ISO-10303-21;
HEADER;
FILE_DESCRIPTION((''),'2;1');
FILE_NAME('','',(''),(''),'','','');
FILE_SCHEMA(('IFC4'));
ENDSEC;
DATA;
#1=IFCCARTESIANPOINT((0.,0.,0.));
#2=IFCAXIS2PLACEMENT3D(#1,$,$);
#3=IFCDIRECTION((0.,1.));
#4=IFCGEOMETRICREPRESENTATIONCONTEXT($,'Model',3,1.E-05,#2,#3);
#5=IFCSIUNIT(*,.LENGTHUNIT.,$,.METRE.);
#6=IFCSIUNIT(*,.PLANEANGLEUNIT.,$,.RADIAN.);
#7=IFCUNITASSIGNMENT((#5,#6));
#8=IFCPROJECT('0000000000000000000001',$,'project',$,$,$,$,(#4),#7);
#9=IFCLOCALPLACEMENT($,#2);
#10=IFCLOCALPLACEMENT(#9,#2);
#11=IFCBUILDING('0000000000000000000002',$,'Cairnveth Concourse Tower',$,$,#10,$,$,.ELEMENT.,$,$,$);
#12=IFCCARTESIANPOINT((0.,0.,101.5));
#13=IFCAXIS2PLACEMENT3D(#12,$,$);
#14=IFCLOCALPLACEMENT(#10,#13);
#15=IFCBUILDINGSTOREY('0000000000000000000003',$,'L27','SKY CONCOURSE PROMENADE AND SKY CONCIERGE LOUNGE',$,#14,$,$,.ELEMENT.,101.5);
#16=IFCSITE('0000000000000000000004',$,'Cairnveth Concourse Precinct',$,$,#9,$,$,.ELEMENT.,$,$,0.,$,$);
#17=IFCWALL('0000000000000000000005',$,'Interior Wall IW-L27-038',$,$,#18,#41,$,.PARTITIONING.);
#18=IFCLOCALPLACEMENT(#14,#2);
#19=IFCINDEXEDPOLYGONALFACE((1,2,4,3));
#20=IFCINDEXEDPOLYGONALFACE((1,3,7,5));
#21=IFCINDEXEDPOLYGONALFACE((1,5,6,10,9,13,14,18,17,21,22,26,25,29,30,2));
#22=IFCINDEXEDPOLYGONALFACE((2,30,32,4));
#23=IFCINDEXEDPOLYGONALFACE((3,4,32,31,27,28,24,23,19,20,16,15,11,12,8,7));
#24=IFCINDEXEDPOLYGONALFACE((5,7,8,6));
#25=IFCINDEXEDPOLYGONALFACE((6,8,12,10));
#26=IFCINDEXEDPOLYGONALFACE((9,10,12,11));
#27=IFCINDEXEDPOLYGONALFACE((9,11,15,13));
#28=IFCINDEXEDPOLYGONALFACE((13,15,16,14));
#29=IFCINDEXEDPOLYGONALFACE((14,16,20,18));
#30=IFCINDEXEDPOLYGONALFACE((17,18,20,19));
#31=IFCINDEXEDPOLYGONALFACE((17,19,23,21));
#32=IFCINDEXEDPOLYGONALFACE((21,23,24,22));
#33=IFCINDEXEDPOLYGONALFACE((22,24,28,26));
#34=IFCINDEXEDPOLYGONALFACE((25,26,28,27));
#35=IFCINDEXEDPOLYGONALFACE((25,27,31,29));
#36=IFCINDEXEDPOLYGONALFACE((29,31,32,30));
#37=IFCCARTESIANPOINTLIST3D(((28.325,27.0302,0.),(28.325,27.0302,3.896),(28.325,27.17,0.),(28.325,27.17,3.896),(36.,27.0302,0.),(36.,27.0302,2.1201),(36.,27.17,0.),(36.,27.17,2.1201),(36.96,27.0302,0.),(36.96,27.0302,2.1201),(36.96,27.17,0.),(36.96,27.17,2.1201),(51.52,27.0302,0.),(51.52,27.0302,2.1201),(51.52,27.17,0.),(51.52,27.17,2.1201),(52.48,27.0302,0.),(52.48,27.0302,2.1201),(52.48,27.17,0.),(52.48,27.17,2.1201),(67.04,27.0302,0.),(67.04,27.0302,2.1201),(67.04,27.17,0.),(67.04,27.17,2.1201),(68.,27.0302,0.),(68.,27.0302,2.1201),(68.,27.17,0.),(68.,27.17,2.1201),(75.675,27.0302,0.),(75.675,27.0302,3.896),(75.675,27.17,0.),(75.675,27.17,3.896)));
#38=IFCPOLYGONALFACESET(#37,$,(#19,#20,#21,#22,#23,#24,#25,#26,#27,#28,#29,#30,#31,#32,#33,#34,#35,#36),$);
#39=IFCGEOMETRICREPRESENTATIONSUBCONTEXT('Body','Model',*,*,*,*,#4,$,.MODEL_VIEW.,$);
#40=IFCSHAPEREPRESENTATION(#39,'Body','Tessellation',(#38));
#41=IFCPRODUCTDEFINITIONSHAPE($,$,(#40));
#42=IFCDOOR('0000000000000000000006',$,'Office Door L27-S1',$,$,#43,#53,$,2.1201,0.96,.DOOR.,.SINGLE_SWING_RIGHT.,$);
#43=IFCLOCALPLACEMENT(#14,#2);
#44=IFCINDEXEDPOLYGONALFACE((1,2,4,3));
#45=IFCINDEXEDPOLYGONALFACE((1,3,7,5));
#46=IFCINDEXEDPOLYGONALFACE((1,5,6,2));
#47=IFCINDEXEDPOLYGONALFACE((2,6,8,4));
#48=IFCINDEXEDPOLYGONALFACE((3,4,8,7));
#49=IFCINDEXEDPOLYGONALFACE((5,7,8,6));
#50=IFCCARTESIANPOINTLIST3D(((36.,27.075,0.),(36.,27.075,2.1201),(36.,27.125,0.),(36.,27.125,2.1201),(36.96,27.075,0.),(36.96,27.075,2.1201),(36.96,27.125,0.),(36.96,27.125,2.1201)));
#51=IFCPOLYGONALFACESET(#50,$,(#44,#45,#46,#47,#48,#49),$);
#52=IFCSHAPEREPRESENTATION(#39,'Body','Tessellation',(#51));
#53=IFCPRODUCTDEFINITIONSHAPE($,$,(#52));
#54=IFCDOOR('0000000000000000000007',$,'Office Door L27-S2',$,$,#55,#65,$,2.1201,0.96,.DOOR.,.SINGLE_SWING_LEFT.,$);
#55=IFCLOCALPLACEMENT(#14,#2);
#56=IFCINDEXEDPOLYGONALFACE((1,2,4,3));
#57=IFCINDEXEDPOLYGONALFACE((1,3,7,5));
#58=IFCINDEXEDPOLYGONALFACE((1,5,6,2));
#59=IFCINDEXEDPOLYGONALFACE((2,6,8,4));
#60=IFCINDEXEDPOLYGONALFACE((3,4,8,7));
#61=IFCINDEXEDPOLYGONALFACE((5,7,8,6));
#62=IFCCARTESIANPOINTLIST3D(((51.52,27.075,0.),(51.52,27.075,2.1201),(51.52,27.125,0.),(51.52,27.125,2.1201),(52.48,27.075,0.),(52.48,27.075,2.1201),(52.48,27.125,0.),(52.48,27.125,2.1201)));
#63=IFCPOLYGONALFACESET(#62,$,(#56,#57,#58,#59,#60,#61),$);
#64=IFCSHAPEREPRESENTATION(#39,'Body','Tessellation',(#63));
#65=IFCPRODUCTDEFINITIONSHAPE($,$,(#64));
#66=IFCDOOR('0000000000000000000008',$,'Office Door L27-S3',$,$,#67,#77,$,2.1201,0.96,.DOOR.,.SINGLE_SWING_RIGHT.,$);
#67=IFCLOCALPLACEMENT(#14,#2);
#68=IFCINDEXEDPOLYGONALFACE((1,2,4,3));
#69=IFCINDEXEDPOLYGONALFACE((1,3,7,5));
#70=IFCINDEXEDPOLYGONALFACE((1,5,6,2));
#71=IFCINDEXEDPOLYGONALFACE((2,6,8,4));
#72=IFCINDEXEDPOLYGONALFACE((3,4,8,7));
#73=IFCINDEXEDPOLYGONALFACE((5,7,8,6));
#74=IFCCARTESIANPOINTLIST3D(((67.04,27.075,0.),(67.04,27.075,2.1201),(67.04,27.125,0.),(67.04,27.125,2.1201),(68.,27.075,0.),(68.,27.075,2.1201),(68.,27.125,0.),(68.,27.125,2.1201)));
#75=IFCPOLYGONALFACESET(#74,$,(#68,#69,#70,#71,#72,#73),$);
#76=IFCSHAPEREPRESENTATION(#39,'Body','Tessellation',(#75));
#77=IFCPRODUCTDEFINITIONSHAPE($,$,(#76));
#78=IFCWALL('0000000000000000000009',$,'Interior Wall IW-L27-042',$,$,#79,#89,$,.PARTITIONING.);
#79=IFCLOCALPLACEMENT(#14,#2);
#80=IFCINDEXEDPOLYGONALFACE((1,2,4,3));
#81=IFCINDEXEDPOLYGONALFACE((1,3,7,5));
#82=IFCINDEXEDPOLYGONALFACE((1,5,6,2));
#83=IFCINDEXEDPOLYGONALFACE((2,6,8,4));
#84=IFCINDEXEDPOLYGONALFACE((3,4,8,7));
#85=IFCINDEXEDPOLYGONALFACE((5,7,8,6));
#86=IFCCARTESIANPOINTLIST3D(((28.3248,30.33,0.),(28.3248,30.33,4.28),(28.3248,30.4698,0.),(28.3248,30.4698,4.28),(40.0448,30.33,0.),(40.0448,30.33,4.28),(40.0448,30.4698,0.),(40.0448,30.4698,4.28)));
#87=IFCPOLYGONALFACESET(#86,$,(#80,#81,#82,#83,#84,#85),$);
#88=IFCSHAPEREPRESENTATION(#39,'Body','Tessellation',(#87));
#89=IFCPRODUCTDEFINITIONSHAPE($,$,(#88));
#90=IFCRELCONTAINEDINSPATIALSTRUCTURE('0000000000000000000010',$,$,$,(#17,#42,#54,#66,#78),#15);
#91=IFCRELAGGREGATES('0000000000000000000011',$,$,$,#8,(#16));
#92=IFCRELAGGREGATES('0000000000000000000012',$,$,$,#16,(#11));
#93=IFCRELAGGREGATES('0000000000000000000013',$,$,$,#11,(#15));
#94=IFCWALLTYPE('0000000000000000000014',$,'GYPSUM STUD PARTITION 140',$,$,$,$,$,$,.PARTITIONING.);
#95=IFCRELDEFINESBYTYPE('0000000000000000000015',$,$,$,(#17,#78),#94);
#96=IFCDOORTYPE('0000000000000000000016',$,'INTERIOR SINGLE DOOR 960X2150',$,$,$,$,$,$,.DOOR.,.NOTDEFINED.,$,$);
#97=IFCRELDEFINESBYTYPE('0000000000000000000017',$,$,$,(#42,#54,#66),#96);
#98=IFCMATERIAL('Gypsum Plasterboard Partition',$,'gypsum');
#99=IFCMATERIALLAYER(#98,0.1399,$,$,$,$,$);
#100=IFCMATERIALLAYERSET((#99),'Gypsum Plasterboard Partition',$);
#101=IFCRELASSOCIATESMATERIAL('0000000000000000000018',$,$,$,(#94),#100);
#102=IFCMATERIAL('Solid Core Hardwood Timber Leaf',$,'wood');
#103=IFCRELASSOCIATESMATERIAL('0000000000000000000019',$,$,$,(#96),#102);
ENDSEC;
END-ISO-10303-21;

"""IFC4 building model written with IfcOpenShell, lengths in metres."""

from ifc_helpers import new_model, si_unit, direction, frame, frame_2d, origin, place, context, subcontext, project, spatial, rectangle, extrude, material, layer, layer_set, type_object, element, fill, save


model = new_model("IFC4")

# Units and contexts
model_context = context("Model", 3, precision=1e-05, world=origin(), true_north=direction((0.0, 1.0)))
body_context = subcontext(model_context, "Body", "Model", "MODEL_VIEW")
ifc_project = project(units=[si_unit("LENGTHUNIT", "METRE"), si_unit("PLANEANGLEUNIT", "RADIAN")], contexts=[model_context])

# Site, building, storey
site_placement = place(None, origin())
site = spatial("IfcSite", under=ifc_project, at=site_placement, Name="Cairnveth Concourse Precinct", CompositionType="ELEMENT", RefElevation=0.0)
building_placement = place(site_placement, origin())
building = spatial("IfcBuilding", under=site, at=building_placement, Name="Cairnveth Concourse Tower", CompositionType="ELEMENT")
storey_placement = place(building_placement, frame((0.0, 0.0, 101.5)))
storey = spatial("IfcBuildingStorey", under=building, at=storey_placement, Name="L27", Description="SKY CONCOURSE PROMENADE AND SKY CONCIERGE LOUNGE", CompositionType="ELEMENT", Elevation=101.5)

# Wall, openings, doors
ifc_material_1 = material(Name="Gypsum Plasterboard Partition", Category="gypsum")
ifc_layer_1 = layer(ifc_material_1, 0.1399)
ifc_layer_set_1 = layer_set([ifc_layer_1], Name="Gypsum Plasterboard Partition")
wall_type = type_object("IfcWallType", Name="GYPSUM STUD PARTITION 140", PredefinedType="PARTITIONING", material=ifc_layer_set_1)
wall_1_placement = place(storey_placement, frame((28.325, 27.1001, 0.0), z_axis=(0.0, 0.0, 1.0), x_axis=(1.0, 0.0, 0.0)))
wall_1 = element("IfcWall", 1, at=wall_1_placement, inside=storey, type_object=wall_type, Name="Interior Wall IW-L27-038", PredefinedType="PARTITIONING", context=body_context, shape_type="SweptSolid", body=[
    extrude(rectangle(XDim=47.3501, YDim=0.1399, at=frame_2d((23.675, 0.0))), origin(), (0.0, 0.0, 1.0), 3.896),
])
opening_1_placement = place(wall_1_placement, frame((7.675, 0.0, 0.0)))
opening_1 = element("IfcOpeningElement", 2, at=opening_1_placement, cuts=wall_1, PredefinedType="OPENING", context=body_context, shape_type="SweptSolid", body=[
    extrude(rectangle(XDim=0.96, YDim=2.1201, at=frame_2d((0.48, 1.0601))), frame((0.0, 0.0798, 0.0), z_axis=(0.0, -1.0, 0.0), x_axis=(1.0, 0.0, 0.0)), (0.0, 0.0, 1.0), 0.1599),
])
opening_2_placement = place(wall_1_placement, frame((23.1951, 0.0, 0.0)))
opening_2 = element("IfcOpeningElement", 3, at=opening_2_placement, cuts=wall_1, PredefinedType="OPENING", context=body_context, shape_type="SweptSolid", body=[
    extrude(rectangle(XDim=0.96, YDim=2.1201, at=frame_2d((0.48, 1.0601))), frame((0.0, 0.0798, 0.0), z_axis=(0.0, -1.0, 0.0), x_axis=(1.0, 0.0, 0.0)), (0.0, 0.0, 1.0), 0.1599),
])
opening_3_placement = place(wall_1_placement, frame((38.7151, 0.0, 0.0)))
opening_3 = element("IfcOpeningElement", 4, at=opening_3_placement, cuts=wall_1, PredefinedType="OPENING", context=body_context, shape_type="SweptSolid", body=[
    extrude(rectangle(XDim=0.96, YDim=2.1201, at=frame_2d((0.48, 1.0601))), frame((0.0, 0.0798, 0.0), z_axis=(0.0, -1.0, 0.0), x_axis=(1.0, 0.0, 0.0)), (0.0, 0.0, 1.0), 0.1599),
])
ifc_material_2 = material(Name="Solid Core Hardwood Timber Leaf", Category="wood")
door_type = type_object("IfcDoorType", Name="INTERIOR SINGLE DOOR 960X2150", OperationType="NOTDEFINED", PredefinedType="DOOR", material=ifc_material_2)
door_1_placement = place(opening_1_placement, origin())
door_1 = element("IfcDoor", 5, at=door_1_placement, inside=storey, type_object=door_type, Name="Office Door L27-S1", OperationType="SINGLE_SWING_RIGHT", OverallHeight=2.1201, OverallWidth=0.96, PredefinedType="DOOR", context=body_context, shape_type="SweptSolid", body=[
    extrude(rectangle(XDim=0.96, YDim=2.1201, at=frame_2d((0.48, 1.0601))), frame((0.0, 0.0249, 0.0), z_axis=(0.0, -1.0, 0.0), x_axis=(1.0, 0.0, 0.0)), (0.0, 0.0, 1.0), 0.05),
])
fill(opening_1, door_1)
door_2_placement = place(opening_2_placement, origin())
door_2 = element("IfcDoor", 6, at=door_2_placement, inside=storey, type_object=door_type, Name="Office Door L27-S2", OperationType="SINGLE_SWING_LEFT", OverallHeight=2.1201, OverallWidth=0.96, PredefinedType="DOOR", context=body_context, shape_type="SweptSolid", body=[
    extrude(rectangle(XDim=0.96, YDim=2.1201, at=frame_2d((0.48, 1.0601))), frame((0.0, 0.0249, 0.0), z_axis=(0.0, -1.0, 0.0), x_axis=(1.0, 0.0, 0.0)), (0.0, 0.0, 1.0), 0.05),
])
fill(opening_2, door_2)
door_3_placement = place(opening_3_placement, origin())
door_3 = element("IfcDoor", 7, at=door_3_placement, inside=storey, type_object=door_type, Name="Office Door L27-S3", OperationType="SINGLE_SWING_RIGHT", OverallHeight=2.1201, OverallWidth=0.96, PredefinedType="DOOR", context=body_context, shape_type="SweptSolid", body=[
    extrude(rectangle(XDim=0.96, YDim=2.1201, at=frame_2d((0.48, 1.0601))), frame((0.0, 0.0249, 0.0), z_axis=(0.0, -1.0, 0.0), x_axis=(1.0, 0.0, 0.0)), (0.0, 0.0, 1.0), 0.05),
])
fill(opening_3, door_3)

# Wall
wall_2_placement = place(storey_placement, frame((28.325, 30.3999, 0.0), z_axis=(0.0, 0.0, 1.0), x_axis=(1.0, 0.0, 0.0)))
element("IfcWall", 8, at=wall_2_placement, inside=storey, type_object=wall_type, Name="Interior Wall IW-L27-042", PredefinedType="PARTITIONING", context=body_context, shape_type="SweptSolid", body=[
    extrude(rectangle(XDim=11.72, YDim=0.1399, at=frame_2d((5.8599, 0.0))), origin(), (0.0, 0.0, 1.0), 4.28),
])

save(model, "model.ifc")
